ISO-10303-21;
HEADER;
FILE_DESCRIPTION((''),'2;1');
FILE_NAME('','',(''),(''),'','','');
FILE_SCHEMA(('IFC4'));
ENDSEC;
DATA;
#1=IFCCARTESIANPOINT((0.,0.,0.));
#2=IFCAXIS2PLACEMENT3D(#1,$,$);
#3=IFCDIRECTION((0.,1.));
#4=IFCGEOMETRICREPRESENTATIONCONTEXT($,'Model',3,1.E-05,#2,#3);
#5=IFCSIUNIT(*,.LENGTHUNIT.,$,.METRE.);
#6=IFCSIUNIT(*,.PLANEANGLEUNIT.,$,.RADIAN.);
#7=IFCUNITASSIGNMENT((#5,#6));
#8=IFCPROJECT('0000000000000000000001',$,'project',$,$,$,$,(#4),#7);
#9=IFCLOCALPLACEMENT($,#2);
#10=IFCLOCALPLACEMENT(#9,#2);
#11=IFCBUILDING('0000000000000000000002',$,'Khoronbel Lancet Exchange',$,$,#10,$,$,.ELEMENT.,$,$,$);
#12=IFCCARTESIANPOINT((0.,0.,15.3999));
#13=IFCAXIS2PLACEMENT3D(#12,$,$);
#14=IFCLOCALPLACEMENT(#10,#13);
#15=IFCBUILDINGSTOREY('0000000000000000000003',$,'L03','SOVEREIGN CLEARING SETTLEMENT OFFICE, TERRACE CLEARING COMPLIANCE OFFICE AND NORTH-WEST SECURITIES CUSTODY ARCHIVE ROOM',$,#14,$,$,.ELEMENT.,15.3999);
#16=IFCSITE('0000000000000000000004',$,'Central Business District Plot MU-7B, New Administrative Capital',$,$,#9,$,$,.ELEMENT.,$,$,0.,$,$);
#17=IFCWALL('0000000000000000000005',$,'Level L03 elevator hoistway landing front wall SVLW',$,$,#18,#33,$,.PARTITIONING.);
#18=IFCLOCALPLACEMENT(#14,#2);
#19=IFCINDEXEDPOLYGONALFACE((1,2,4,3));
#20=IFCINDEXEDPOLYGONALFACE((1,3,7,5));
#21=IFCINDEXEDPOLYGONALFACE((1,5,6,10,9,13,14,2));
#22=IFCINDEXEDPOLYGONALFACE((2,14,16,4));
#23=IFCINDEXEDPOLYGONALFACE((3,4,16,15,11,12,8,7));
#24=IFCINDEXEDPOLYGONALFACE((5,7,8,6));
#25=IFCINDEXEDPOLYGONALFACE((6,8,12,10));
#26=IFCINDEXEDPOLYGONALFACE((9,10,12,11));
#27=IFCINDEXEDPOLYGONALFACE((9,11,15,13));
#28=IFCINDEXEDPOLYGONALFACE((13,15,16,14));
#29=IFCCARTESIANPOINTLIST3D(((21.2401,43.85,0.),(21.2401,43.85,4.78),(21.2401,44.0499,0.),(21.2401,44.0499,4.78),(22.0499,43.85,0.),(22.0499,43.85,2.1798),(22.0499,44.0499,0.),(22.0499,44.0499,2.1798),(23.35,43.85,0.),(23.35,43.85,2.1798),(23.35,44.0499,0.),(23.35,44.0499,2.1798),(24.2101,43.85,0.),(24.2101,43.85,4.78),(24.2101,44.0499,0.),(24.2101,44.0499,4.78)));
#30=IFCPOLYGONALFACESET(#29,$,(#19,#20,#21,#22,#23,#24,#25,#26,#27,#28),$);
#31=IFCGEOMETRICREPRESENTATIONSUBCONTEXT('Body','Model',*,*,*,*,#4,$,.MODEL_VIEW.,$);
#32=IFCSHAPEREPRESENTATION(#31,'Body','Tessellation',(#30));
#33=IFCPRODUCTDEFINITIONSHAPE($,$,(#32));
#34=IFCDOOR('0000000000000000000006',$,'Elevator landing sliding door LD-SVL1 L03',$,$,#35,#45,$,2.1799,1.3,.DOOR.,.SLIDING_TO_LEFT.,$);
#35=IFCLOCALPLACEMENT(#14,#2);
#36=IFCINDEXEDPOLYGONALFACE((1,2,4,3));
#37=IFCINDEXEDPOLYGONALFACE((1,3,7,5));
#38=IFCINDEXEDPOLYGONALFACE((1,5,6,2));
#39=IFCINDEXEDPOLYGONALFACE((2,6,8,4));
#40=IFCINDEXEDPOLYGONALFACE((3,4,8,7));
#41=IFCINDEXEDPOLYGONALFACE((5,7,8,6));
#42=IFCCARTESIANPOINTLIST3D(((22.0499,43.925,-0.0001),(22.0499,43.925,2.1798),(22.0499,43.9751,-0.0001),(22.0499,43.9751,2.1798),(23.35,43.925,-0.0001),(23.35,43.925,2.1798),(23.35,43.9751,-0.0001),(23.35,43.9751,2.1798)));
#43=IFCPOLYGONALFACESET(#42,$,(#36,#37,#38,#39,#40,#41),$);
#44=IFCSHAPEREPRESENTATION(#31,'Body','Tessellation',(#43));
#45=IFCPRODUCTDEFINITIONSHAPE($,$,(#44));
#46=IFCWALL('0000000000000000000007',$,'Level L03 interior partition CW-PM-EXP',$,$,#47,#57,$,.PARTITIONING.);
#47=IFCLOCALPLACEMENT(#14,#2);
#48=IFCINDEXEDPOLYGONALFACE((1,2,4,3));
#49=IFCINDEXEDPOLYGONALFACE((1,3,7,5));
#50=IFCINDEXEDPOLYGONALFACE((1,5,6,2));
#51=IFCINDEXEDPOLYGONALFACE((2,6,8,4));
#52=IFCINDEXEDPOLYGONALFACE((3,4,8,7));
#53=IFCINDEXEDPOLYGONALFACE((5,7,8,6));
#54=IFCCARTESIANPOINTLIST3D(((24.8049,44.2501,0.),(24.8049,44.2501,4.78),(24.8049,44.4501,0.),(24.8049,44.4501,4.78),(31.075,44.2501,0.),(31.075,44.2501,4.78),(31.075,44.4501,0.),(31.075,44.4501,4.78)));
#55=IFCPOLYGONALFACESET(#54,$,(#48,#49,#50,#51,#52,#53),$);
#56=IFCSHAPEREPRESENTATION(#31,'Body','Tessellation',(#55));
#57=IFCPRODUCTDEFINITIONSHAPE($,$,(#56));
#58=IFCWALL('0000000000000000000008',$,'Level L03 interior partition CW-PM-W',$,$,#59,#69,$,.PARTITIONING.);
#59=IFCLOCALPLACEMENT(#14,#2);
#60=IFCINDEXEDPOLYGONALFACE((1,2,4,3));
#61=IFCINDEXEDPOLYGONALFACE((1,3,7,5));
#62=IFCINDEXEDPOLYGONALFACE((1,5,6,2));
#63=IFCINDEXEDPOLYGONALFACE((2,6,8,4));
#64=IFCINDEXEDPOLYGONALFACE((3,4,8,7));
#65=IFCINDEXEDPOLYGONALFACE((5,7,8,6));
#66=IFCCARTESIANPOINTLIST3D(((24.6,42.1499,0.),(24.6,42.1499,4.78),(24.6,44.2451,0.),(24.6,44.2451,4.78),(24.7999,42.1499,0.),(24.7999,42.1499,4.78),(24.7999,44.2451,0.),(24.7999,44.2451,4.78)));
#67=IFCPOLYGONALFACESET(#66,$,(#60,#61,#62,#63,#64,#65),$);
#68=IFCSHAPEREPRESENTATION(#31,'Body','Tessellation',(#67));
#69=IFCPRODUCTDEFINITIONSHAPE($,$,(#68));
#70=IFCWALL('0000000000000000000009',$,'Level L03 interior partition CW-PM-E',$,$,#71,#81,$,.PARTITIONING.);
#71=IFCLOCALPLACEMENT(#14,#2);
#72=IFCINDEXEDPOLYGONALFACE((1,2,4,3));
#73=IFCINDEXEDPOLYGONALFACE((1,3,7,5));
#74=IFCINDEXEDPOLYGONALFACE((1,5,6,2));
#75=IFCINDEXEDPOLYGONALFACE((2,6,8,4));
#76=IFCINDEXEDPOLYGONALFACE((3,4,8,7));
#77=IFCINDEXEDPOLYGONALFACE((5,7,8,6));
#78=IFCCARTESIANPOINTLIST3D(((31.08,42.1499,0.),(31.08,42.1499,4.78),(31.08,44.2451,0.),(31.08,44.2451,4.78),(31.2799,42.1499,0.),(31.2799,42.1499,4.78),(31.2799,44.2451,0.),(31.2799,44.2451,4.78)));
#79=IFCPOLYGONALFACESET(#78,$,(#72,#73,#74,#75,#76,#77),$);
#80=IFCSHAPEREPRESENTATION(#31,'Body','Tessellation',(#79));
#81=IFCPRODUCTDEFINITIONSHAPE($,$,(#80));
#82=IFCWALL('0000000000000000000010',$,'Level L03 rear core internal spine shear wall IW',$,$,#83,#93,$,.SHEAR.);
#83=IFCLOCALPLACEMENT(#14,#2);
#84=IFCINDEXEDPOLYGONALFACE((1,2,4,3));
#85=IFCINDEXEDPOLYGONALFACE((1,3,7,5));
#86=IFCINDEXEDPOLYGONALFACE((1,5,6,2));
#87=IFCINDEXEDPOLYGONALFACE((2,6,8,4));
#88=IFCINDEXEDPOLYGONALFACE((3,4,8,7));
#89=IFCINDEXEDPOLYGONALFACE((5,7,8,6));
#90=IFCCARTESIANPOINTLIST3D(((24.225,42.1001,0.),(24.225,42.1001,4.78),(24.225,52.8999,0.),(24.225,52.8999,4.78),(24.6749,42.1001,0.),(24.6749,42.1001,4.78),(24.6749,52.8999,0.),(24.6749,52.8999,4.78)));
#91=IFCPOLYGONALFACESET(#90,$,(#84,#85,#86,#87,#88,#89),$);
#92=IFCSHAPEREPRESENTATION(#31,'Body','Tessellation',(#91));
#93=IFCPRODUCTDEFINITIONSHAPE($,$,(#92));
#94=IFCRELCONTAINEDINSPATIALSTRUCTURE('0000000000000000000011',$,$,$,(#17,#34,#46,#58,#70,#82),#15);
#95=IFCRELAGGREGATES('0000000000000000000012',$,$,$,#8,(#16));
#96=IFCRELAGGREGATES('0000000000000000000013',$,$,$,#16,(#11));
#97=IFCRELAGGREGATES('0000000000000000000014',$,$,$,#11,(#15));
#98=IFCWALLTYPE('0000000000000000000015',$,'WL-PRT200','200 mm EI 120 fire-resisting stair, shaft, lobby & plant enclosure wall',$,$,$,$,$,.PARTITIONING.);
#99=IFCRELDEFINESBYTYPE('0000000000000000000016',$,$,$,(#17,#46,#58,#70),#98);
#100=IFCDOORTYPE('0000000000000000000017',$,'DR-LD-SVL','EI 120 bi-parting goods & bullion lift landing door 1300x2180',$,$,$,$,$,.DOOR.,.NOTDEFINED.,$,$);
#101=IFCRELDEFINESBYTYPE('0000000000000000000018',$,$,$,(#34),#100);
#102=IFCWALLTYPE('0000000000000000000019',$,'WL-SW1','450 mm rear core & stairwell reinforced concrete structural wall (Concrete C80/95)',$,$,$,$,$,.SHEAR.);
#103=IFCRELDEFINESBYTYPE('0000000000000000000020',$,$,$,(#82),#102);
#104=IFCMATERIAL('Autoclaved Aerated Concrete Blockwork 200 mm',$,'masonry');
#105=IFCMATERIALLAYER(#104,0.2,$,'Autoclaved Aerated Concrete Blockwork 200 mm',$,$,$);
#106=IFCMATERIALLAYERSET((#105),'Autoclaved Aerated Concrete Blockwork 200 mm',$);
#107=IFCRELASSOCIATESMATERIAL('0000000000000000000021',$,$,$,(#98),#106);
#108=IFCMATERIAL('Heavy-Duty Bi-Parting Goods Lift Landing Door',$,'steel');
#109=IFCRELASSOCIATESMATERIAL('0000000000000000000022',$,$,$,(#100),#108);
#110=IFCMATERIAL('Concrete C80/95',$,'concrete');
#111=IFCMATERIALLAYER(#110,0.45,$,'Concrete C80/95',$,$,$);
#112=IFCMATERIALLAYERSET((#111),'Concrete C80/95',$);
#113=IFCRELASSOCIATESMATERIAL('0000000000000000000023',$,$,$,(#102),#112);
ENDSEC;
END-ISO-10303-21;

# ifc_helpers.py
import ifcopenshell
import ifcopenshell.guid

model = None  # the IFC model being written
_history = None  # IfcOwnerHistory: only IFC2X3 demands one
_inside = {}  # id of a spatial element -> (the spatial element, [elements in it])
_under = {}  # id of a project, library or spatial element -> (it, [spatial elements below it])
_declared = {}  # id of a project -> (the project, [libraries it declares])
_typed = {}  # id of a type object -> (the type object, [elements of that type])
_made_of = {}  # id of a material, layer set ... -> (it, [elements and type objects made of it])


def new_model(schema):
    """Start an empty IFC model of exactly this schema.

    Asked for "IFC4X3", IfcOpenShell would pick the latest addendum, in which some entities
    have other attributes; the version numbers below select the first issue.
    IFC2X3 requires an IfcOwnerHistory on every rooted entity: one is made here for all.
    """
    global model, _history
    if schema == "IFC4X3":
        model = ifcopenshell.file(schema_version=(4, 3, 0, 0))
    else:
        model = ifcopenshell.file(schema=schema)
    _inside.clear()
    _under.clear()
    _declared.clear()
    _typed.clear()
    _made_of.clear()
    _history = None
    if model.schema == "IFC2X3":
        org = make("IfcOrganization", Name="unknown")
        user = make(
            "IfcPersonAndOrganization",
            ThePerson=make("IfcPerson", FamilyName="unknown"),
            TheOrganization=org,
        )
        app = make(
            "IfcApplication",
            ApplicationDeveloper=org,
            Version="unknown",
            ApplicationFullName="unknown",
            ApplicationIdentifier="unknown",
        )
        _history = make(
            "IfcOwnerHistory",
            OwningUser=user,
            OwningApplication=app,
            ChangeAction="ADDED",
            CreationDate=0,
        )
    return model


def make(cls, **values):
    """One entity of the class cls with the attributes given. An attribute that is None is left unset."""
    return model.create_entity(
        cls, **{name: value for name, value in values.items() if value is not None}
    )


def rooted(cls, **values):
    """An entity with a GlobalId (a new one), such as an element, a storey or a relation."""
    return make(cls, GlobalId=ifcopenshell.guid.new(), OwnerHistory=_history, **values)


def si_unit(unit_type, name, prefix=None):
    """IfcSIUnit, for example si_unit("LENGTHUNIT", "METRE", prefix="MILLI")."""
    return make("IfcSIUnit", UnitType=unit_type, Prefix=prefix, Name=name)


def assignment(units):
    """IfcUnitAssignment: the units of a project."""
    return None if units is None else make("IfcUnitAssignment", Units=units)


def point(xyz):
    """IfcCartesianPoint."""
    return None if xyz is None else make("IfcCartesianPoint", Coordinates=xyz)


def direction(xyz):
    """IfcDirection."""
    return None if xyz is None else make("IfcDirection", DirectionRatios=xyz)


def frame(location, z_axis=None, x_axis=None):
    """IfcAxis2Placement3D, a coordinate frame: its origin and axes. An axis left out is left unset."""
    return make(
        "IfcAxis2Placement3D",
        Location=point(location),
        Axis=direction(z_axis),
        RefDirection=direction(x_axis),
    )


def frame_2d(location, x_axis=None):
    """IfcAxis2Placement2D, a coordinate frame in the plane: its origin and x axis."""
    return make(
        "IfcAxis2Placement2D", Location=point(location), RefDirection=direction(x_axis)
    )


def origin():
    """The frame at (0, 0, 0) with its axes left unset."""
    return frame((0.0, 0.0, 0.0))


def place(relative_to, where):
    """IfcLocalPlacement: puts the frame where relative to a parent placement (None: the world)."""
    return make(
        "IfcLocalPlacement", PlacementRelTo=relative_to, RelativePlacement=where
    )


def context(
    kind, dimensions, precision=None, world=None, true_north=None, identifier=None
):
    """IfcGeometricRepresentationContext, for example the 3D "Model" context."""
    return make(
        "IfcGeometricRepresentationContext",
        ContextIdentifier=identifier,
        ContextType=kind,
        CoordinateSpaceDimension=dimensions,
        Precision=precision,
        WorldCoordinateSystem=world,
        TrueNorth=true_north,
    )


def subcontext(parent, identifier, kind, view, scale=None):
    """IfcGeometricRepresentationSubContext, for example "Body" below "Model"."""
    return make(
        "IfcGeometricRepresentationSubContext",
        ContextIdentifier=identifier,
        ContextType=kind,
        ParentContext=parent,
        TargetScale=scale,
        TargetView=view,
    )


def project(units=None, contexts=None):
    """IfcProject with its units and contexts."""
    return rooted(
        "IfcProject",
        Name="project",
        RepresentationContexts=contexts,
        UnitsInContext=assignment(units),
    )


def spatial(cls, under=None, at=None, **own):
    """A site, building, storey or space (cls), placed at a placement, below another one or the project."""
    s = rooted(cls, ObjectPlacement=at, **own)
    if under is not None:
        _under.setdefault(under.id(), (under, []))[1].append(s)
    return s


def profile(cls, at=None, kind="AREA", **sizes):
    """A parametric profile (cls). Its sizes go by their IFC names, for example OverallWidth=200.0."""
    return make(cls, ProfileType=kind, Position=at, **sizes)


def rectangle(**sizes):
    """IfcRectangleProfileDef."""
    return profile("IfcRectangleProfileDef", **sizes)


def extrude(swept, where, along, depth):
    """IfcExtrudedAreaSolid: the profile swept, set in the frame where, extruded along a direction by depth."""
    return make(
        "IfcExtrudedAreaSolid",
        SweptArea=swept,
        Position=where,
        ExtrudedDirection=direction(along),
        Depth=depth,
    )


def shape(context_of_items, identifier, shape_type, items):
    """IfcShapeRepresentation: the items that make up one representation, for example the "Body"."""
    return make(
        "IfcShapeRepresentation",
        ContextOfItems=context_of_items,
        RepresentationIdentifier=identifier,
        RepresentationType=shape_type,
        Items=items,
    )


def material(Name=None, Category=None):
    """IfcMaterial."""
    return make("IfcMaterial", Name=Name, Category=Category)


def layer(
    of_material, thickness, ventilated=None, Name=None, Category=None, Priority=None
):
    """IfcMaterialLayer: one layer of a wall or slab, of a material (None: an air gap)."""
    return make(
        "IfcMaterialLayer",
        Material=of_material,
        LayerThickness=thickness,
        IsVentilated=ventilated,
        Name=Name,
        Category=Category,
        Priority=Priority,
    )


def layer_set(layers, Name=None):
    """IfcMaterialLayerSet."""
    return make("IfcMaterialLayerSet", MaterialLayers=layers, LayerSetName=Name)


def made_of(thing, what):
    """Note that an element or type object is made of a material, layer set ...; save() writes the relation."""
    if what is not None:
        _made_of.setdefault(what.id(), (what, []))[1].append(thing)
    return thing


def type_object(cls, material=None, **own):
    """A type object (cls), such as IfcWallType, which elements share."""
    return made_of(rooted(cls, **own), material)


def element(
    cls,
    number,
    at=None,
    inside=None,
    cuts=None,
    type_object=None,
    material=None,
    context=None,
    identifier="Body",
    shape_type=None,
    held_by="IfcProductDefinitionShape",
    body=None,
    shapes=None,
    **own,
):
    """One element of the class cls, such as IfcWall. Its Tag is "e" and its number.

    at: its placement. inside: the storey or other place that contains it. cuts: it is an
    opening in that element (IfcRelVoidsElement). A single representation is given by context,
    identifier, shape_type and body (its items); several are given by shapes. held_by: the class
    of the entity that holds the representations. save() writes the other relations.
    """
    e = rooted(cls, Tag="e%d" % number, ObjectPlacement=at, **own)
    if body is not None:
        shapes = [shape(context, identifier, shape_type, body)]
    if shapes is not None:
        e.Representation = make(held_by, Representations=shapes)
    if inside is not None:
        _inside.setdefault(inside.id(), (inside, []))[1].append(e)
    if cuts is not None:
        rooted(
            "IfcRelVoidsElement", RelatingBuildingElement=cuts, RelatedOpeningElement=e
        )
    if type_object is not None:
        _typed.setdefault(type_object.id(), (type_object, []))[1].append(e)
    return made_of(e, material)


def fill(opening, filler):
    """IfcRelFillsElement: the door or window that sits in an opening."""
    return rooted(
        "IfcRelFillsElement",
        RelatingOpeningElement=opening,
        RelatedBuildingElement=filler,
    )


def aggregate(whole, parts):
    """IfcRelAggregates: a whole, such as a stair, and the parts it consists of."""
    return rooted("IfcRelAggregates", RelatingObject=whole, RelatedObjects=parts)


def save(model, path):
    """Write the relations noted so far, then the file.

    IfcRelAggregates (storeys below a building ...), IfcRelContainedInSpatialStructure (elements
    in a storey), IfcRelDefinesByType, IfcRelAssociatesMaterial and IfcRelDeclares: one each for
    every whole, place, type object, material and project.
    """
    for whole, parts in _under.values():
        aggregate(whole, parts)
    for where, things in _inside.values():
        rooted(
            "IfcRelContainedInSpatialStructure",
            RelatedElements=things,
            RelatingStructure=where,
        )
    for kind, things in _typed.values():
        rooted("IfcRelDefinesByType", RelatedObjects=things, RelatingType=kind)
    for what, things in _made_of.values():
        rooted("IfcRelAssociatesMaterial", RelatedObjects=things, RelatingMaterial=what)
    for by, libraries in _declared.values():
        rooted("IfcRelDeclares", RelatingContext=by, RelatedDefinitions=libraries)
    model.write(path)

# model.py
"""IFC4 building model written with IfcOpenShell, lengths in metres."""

from ifc_helpers import new_model, si_unit, direction, frame, frame_2d, origin, place, context, subcontext, project, spatial, rectangle, extrude, material, layer, layer_set, type_object, element, fill, save


model = new_model("IFC4")

# Units and contexts
model_context = context("Model", 3, precision=1e-05, world=origin(), true_north=direction((0.0, 1.0)))
body_context = subcontext(model_context, "Body", "Model", "MODEL_VIEW")
ifc_project = project(units=[si_unit("LENGTHUNIT", "METRE"), si_unit("PLANEANGLEUNIT", "RADIAN")], contexts=[model_context])

# Site, building, storey
site_placement = place(None, origin())
site = spatial("IfcSite", under=ifc_project, at=site_placement, Name="Central Business District Plot MU-7B, New Administrative Capital", CompositionType="ELEMENT", RefElevation=0.0)
building_placement = place(site_placement, origin())
building = spatial("IfcBuilding", under=site, at=building_placement, Name="Khoronbel Lancet Exchange", CompositionType="ELEMENT")
storey_placement = place(building_placement, frame((0.0, 0.0, 15.3999)))
storey = spatial("IfcBuildingStorey", under=building, at=storey_placement, Name="L03", Description="SOVEREIGN CLEARING SETTLEMENT OFFICE, TERRACE CLEARING COMPLIANCE OFFICE AND NORTH-WEST SECURITIES CUSTODY ARCHIVE ROOM", CompositionType="ELEMENT", Elevation=15.3999)

# Wall, opening, door
ifc_material_1 = material(Name="Autoclaved Aerated Concrete Blockwork 200 mm", Category="masonry")
ifc_layer_1 = layer(ifc_material_1, 0.2, Name="Autoclaved Aerated Concrete Blockwork 200 mm")
ifc_layer_set_1 = layer_set([ifc_layer_1], Name="Autoclaved Aerated Concrete Blockwork 200 mm")
wall_type_1 = type_object("IfcWallType", Name="WL-PRT200", Description="200 mm EI 120 fire-resisting stair, shaft, lobby & plant enclosure wall", PredefinedType="PARTITIONING", material=ifc_layer_set_1)
wall_1_placement = place(storey_placement, frame((24.21, 43.95, 0.0), z_axis=(0.0, 0.0, 1.0), x_axis=(-1.0, 0.0, 0.0)))
wall_1 = element("IfcWall", 1, at=wall_1_placement, inside=storey, type_object=wall_type_1, Name="Level L03 elevator hoistway landing front wall SVLW", PredefinedType="PARTITIONING", context=body_context, shape_type="SweptSolid", body=[
    extrude(rectangle(XDim=2.97, YDim=0.2, at=frame_2d((1.4849, 0.0))), origin(), (0.0, 0.0, 1.0), 4.78),
])
opening_1_placement = place(wall_1_placement, frame((0.8601, 0.0, 0.0)))
opening_1 = element("IfcOpeningElement", 2, at=opening_1_placement, cuts=wall_1, PredefinedType="OPENING", context=body_context, shape_type="SweptSolid", body=[
    extrude(rectangle(XDim=1.3, YDim=2.1799, at=frame_2d((0.6499, 1.0898))), frame((0.0, 0.1099, 0.0), z_axis=(0.0, -1.0, 0.0), x_axis=(1.0, 0.0, 0.0)), (0.0, 0.0, 1.0), 0.22),
])
ifc_material_2 = material(Name="Heavy-Duty Bi-Parting Goods Lift Landing Door", Category="steel")
door_type_1 = type_object("IfcDoorType", Name="DR-LD-SVL", Description="EI 120 bi-parting goods & bullion lift landing door 1300x2180", OperationType="NOTDEFINED", PredefinedType="DOOR", material=ifc_material_2)
door_1_placement = place(opening_1_placement, origin())
door_1 = element("IfcDoor", 3, at=door_1_placement, inside=storey, type_object=door_type_1, Name="Elevator landing sliding door LD-SVL1 L03", OperationType="SLIDING_TO_LEFT", OverallHeight=2.1799, OverallWidth=1.3, PredefinedType="DOOR", context=body_context, shape_type="SweptSolid", body=[
    extrude(rectangle(XDim=1.3, YDim=2.1799, at=frame_2d((0.6499, 1.0898))), frame((0.0, 0.0249, 0.0), z_axis=(0.0, -1.0, 0.0), x_axis=(1.0, 0.0, 0.0)), (0.0, 0.0, 1.0), 0.05),
])
fill(opening_1, door_1)

# Walls
wall_2_placement = place(storey_placement, frame((24.8049, 44.3501, 0.0), z_axis=(0.0, 0.0, 1.0), x_axis=(1.0, 0.0, 0.0)))
element("IfcWall", 4, at=wall_2_placement, inside=storey, type_object=wall_type_1, Name="Level L03 interior partition CW-PM-EXP", PredefinedType="PARTITIONING", context=body_context, shape_type="SweptSolid", body=[
    extrude(rectangle(XDim=6.27, YDim=0.2, at=frame_2d((3.135, 0.0))), origin(), (0.0, 0.0, 1.0), 4.78),
])
for number, where, z_axis, x_axis, name in (
    (5, (24.7, 42.1499, 0.0), (0.0, 0.0, 1.0), (0.0, 1.0, 0.0), "Level L03 interior partition CW-PM-W"),
    (6, (31.1799, 42.1499, 0.0), (0.0, 0.0, 1.0), (0.0, 1.0, 0.0), "Level L03 interior partition CW-PM-E"),
):
    element("IfcWall", number, at=place(storey_placement, frame(where, z_axis=z_axis, x_axis=x_axis)), inside=storey, type_object=wall_type_1, Name=name, PredefinedType="PARTITIONING", context=body_context, shape_type="SweptSolid", body=[
        extrude(rectangle(XDim=2.0952, YDim=0.2, at=frame_2d((1.0476, 0.0))), origin(), (0.0, 0.0, 1.0), 4.78),
    ])
ifc_material_3 = material(Name="Concrete C80/95", Category="concrete")
ifc_layer_2 = layer(ifc_material_3, 0.45, Name="Concrete C80/95")
ifc_layer_set_2 = layer_set([ifc_layer_2], Name="Concrete C80/95")
wall_type_2 = type_object("IfcWallType", Name="WL-SW1", Description="450 mm rear core & stairwell reinforced concrete structural wall (Concrete C80/95)", PredefinedType="SHEAR", material=ifc_layer_set_2)
wall_3_placement = place(storey_placement, frame((24.45, 42.1001, 0.0), z_axis=(0.0, 0.0, 1.0), x_axis=(0.0, 1.0, 0.0)))
element("IfcWall", 7, at=wall_3_placement, inside=storey, type_object=wall_type_2, Name="Level L03 rear core internal spine shear wall IW", PredefinedType="SHEAR", context=body_context, shape_type="SweptSolid", body=[
    extrude(rectangle(XDim=10.7998, YDim=0.45, at=frame_2d((5.3999, 0.0))), origin(), (0.0, 0.0, 1.0), 4.78),
])

save(model, "model.ifc")
